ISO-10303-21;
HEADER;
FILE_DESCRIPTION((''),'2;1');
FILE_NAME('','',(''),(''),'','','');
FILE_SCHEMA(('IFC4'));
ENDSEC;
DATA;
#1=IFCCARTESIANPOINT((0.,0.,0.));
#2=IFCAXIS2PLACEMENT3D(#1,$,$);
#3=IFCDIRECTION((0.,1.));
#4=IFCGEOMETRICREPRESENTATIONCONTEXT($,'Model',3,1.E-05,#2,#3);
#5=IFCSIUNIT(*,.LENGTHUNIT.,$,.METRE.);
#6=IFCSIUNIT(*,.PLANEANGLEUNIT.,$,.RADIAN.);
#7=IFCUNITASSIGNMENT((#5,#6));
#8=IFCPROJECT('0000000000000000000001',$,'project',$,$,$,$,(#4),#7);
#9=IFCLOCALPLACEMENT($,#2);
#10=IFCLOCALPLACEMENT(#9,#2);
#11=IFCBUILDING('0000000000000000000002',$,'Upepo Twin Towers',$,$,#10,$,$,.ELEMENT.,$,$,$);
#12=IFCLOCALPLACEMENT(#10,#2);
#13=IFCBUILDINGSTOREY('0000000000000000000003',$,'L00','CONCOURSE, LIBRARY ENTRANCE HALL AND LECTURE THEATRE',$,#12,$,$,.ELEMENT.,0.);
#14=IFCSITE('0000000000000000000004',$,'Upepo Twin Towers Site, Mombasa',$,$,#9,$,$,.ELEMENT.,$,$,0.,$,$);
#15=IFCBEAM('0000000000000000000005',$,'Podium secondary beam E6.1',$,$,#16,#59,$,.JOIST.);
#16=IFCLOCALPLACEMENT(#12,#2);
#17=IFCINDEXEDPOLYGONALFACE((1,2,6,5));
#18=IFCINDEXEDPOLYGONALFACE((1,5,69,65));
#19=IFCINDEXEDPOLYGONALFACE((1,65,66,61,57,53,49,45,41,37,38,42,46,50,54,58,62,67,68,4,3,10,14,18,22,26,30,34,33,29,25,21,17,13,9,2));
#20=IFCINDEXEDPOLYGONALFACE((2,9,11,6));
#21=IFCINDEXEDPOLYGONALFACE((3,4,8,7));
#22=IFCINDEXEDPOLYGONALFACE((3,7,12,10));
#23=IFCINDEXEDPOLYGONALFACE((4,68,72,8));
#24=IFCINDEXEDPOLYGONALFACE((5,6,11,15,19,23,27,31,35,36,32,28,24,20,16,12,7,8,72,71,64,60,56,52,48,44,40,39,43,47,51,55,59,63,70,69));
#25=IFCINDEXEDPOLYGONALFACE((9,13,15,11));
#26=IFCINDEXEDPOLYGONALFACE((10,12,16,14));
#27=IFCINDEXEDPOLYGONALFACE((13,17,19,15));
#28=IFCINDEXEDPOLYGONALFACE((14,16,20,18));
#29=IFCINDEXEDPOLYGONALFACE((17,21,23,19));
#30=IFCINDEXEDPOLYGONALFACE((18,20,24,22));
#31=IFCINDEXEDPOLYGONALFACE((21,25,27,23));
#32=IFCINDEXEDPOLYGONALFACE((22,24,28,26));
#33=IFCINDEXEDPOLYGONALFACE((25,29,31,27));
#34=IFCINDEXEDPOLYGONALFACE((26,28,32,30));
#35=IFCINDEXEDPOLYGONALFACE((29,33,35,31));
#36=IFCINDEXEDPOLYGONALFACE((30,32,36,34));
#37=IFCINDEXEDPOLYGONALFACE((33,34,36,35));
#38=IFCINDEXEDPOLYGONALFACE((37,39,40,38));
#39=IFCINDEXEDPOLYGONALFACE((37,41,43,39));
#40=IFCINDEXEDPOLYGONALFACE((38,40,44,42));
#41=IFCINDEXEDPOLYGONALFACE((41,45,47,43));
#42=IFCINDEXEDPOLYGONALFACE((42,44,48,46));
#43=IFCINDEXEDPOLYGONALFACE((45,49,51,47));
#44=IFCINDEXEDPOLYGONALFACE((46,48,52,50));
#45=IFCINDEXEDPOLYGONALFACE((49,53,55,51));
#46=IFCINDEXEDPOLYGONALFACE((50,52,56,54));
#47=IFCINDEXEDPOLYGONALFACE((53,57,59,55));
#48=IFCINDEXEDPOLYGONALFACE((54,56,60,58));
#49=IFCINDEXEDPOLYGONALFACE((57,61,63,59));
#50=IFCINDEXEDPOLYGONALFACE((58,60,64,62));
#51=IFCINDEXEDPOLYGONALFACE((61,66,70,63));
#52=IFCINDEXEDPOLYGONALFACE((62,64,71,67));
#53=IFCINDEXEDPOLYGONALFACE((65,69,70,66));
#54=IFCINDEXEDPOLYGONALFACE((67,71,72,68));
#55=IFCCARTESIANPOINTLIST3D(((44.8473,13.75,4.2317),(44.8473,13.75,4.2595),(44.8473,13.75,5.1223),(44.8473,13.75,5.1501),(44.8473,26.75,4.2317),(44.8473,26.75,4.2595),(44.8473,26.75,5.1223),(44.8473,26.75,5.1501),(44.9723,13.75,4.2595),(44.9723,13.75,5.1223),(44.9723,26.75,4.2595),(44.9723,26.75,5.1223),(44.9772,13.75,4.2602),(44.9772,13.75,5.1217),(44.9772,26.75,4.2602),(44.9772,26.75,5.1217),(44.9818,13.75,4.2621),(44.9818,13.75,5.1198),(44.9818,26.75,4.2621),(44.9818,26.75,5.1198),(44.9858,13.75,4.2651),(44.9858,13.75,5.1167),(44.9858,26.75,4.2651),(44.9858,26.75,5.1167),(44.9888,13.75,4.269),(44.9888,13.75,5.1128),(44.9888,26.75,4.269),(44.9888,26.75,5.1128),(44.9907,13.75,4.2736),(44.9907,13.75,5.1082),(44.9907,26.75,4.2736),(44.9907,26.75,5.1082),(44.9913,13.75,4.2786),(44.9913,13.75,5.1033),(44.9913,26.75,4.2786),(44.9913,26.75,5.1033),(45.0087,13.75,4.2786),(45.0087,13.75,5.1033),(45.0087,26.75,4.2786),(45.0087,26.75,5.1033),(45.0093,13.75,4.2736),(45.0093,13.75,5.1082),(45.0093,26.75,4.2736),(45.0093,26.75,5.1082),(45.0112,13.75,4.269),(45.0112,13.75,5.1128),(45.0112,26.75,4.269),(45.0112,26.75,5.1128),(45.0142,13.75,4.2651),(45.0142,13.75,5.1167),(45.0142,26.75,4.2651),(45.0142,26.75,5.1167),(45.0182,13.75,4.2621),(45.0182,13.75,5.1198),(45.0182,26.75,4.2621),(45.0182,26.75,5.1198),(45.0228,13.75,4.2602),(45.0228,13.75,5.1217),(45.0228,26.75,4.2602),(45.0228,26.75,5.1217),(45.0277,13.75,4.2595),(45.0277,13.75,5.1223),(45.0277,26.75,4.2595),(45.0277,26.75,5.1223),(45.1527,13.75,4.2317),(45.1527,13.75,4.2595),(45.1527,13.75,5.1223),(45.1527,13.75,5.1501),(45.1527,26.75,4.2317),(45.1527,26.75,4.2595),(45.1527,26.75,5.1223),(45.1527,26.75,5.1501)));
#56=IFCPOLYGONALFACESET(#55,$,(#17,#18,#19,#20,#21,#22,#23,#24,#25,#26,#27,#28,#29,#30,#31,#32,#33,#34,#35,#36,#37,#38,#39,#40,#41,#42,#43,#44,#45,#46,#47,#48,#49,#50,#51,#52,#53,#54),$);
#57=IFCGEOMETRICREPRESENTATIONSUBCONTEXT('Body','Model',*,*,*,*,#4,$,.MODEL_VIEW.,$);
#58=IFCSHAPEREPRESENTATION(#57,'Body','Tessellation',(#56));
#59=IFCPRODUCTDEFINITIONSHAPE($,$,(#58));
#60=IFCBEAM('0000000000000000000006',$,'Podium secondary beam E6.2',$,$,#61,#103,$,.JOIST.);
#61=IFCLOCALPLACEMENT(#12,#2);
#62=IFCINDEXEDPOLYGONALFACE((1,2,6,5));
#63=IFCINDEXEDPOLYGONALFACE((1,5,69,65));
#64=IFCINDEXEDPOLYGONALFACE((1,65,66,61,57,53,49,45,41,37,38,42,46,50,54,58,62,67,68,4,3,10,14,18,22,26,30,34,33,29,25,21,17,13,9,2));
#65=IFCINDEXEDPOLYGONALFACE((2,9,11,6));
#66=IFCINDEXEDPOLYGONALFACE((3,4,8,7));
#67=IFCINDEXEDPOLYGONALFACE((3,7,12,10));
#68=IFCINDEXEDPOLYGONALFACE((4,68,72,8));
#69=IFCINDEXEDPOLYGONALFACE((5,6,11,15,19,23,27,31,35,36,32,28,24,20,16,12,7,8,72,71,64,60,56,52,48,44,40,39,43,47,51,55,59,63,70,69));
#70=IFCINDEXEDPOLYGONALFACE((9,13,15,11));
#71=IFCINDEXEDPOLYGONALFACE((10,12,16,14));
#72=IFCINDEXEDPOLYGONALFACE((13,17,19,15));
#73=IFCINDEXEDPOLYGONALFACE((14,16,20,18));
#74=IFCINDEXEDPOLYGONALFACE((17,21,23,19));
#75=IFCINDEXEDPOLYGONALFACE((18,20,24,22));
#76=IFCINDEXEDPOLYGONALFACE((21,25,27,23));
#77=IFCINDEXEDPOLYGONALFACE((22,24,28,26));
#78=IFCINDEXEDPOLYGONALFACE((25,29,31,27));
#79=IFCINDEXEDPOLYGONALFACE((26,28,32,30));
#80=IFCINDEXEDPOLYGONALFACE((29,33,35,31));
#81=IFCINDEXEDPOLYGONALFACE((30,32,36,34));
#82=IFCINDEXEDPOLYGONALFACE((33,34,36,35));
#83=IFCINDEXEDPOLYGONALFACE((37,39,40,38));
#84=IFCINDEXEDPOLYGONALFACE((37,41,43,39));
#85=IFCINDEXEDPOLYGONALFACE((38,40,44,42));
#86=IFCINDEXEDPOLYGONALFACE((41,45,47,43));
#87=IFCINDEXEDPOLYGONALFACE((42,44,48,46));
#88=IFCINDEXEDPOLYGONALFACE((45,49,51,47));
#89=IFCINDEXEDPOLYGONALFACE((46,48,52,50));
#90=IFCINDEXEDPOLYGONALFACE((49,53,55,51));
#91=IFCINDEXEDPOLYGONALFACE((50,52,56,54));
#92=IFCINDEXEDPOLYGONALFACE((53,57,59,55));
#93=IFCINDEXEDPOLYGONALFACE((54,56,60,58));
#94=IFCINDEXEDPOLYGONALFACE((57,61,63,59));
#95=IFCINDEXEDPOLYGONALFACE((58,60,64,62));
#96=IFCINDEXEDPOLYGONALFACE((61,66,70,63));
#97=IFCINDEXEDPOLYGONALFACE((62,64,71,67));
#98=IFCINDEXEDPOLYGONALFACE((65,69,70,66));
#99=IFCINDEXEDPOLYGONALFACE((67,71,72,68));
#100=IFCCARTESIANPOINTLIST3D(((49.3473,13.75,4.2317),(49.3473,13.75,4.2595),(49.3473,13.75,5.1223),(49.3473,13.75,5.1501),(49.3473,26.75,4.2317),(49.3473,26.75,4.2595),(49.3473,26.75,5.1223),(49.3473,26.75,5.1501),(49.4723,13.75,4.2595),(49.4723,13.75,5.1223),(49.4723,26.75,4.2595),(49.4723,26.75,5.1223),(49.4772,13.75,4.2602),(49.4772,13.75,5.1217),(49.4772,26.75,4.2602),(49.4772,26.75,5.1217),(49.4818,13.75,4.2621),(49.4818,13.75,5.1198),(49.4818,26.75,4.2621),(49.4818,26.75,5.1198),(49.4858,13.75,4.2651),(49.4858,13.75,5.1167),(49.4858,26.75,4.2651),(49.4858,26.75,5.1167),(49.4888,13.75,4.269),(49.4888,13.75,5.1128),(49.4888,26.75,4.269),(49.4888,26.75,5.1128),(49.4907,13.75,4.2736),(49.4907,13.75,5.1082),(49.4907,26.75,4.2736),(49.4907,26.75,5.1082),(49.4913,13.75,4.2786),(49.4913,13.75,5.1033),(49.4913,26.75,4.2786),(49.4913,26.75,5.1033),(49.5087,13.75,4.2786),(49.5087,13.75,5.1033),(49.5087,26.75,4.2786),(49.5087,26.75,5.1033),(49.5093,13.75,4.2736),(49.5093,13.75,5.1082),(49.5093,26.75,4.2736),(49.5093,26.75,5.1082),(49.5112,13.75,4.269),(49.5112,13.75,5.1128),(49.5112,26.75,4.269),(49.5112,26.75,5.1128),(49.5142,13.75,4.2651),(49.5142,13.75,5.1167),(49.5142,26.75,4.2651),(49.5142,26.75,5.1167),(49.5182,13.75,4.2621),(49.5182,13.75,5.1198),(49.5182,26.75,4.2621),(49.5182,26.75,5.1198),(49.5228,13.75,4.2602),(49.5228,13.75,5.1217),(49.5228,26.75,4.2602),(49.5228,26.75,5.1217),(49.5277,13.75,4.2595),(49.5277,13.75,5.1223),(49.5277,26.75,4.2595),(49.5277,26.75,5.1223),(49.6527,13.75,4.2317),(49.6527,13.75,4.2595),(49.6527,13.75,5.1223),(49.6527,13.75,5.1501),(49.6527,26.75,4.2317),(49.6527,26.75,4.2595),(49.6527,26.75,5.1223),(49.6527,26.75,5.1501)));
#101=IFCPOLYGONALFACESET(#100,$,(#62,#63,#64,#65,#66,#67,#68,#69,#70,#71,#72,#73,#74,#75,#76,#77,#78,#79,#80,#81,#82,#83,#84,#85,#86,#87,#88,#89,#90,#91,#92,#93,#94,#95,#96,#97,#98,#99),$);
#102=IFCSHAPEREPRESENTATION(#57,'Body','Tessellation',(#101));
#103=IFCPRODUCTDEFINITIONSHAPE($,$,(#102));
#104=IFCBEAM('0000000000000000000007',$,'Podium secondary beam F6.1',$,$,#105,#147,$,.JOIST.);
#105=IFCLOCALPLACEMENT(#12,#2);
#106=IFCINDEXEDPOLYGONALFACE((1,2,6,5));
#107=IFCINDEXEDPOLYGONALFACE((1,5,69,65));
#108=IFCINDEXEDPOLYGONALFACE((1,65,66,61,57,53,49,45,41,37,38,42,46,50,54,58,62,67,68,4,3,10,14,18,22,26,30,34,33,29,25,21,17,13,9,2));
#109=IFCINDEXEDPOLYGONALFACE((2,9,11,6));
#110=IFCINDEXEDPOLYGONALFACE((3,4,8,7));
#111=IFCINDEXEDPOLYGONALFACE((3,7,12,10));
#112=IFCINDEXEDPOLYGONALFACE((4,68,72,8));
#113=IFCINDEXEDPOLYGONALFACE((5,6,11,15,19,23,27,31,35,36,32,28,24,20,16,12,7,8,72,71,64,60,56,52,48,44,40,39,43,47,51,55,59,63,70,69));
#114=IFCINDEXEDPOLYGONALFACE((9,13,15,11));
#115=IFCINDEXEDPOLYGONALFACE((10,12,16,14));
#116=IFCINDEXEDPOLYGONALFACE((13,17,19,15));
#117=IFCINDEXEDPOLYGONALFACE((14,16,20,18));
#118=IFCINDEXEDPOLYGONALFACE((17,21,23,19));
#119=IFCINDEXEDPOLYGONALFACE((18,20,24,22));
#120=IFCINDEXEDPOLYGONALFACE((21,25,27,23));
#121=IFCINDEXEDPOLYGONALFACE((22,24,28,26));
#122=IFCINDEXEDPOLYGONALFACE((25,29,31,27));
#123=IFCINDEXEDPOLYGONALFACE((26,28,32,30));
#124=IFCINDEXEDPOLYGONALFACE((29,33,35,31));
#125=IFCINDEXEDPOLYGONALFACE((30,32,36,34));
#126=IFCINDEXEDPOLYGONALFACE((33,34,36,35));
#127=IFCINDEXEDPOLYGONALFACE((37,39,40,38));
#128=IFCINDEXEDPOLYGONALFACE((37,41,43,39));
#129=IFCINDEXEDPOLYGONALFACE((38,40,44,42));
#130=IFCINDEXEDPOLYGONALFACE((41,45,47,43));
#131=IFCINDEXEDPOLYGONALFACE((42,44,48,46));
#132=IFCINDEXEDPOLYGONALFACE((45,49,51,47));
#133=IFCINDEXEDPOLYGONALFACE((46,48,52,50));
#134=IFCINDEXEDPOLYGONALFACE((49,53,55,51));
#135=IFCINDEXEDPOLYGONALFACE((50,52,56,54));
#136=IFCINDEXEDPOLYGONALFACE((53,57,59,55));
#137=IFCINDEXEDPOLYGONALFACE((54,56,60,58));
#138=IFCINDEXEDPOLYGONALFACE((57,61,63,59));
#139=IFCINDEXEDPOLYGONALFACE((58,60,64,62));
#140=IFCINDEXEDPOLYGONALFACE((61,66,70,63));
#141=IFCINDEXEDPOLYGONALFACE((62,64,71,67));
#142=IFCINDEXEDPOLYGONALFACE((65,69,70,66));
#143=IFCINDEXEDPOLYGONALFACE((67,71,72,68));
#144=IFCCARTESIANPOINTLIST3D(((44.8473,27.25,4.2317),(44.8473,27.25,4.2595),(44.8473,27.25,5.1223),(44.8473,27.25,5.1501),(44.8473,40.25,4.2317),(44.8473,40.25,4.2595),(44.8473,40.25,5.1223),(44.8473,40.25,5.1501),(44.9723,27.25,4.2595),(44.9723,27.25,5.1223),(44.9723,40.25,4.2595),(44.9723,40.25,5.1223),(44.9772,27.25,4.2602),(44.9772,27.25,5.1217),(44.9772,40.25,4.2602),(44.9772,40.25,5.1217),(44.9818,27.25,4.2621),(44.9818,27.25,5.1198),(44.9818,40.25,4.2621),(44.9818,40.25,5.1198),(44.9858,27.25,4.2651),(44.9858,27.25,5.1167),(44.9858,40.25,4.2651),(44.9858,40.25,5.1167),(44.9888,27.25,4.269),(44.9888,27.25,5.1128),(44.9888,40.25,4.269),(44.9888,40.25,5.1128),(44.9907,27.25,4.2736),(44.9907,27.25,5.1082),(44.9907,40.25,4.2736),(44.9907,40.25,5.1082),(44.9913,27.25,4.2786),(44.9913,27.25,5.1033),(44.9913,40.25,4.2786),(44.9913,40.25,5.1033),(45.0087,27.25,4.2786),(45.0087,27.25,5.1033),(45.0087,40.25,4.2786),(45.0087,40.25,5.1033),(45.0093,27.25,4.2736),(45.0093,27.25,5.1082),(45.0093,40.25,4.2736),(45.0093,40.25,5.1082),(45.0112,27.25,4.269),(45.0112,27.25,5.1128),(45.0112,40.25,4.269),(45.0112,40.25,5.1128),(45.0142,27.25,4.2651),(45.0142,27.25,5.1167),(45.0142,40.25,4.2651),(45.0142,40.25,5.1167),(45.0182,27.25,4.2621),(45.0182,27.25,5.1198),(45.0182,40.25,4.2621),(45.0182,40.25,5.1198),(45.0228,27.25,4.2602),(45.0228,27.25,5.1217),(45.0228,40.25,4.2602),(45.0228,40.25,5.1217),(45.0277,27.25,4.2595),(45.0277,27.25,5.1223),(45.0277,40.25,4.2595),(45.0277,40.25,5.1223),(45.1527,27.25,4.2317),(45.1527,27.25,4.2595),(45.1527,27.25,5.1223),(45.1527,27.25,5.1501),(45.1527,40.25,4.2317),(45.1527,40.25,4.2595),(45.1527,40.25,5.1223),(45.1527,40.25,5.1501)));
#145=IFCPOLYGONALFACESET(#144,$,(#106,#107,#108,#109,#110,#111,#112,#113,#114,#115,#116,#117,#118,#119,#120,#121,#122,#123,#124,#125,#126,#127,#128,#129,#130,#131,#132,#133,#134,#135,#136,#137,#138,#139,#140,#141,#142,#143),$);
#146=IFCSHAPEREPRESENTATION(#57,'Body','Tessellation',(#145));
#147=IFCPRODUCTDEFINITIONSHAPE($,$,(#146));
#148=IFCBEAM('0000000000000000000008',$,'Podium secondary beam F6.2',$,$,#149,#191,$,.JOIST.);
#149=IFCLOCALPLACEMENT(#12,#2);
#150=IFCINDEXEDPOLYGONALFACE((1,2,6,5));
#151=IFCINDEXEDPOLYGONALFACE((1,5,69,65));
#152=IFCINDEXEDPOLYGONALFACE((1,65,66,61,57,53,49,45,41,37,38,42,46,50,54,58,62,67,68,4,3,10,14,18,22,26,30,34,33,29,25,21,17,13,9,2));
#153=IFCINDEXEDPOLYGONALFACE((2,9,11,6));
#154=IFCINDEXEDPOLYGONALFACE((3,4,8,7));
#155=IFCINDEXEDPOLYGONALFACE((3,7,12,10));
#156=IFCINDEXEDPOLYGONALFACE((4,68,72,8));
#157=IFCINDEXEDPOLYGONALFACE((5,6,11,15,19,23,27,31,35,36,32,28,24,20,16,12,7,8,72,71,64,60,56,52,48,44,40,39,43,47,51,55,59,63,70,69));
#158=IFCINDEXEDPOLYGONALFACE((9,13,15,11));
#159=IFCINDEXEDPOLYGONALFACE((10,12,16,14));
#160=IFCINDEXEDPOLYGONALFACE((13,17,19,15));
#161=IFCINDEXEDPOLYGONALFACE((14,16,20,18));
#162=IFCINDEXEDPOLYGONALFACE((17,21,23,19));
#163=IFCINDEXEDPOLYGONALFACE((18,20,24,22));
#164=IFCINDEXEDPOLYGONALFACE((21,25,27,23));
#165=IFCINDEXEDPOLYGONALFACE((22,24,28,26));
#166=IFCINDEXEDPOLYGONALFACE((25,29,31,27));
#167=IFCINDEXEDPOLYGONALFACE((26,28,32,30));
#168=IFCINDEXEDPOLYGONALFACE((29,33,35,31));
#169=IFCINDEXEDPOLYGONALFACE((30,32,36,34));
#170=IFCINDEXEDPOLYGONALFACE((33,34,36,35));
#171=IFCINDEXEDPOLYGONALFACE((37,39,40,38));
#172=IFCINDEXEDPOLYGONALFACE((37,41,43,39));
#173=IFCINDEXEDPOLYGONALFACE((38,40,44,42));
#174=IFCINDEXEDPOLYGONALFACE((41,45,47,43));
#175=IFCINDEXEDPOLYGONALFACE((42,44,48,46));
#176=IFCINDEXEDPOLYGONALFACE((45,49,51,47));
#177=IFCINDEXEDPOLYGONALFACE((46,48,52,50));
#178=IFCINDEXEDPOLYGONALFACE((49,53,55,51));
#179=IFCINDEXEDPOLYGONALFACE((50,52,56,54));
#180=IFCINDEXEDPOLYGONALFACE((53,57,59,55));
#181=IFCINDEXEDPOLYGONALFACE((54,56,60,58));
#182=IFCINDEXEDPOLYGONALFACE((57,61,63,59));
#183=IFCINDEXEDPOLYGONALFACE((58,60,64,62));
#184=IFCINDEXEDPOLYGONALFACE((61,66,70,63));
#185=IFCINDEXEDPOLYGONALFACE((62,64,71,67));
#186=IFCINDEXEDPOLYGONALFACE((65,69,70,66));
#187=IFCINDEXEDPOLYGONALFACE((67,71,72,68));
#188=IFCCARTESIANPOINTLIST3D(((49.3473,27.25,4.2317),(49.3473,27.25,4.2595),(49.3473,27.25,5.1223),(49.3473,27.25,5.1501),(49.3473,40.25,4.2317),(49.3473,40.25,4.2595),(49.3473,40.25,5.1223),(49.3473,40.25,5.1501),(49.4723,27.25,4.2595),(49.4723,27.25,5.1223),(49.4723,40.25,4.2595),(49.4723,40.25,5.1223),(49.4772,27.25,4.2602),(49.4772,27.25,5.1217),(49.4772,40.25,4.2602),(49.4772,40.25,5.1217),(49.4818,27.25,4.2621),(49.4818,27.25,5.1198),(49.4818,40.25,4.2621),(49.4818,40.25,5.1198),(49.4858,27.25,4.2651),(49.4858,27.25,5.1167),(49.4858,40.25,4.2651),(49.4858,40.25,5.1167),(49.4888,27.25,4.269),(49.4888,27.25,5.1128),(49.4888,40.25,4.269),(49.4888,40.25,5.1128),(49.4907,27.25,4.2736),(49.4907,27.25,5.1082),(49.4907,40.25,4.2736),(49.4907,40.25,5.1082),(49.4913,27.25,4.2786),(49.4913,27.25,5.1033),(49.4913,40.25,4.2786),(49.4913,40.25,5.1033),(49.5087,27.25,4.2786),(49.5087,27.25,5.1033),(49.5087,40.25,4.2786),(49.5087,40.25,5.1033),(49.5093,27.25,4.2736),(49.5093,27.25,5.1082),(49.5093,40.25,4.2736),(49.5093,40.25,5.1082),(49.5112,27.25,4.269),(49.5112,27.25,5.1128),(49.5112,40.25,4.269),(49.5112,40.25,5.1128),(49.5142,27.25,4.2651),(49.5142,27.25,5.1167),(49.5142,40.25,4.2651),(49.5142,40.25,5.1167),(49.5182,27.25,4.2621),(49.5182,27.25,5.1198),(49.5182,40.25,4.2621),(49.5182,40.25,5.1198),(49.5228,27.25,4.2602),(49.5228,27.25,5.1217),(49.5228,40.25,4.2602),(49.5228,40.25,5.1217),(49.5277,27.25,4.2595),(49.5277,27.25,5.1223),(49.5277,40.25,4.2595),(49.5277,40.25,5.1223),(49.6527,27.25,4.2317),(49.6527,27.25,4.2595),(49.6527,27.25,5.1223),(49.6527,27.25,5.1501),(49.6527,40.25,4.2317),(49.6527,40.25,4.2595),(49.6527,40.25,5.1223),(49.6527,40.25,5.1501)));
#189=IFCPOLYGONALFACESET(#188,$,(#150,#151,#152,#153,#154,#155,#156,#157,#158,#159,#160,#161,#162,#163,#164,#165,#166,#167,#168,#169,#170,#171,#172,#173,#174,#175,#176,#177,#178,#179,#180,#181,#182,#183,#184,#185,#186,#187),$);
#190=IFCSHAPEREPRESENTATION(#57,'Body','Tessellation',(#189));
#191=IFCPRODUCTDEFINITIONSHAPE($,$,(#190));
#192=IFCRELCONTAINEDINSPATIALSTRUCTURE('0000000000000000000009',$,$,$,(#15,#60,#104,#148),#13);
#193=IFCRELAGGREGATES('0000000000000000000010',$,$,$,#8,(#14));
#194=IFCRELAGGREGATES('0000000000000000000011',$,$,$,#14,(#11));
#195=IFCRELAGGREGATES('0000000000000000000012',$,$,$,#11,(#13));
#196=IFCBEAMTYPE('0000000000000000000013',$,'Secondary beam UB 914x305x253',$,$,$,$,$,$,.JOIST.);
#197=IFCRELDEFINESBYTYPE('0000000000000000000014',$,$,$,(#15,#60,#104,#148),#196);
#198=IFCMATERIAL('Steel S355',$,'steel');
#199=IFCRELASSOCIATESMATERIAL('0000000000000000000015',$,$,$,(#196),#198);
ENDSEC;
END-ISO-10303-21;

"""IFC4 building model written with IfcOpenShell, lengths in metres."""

from ifc_helpers import new_model, si_unit, direction, frame, origin, origin_2d, place, context, subcontext, project, spatial, i_section, extrude, material, material_profile, profile_set, type_object, element, save


model = new_model("IFC4")

# Units and contexts
model_context = context("Model", 3, precision=1e-05, world=origin(), true_north=direction((0.0, 1.0)))
body_context = subcontext(model_context, "Body", "Model", "MODEL_VIEW")
ifc_project = project(units=[si_unit("LENGTHUNIT", "METRE"), si_unit("PLANEANGLEUNIT", "RADIAN")], contexts=[model_context])

# Site, building, storey
site_placement = place(None, origin())
site = spatial("IfcSite", under=ifc_project, at=site_placement, Name="Upepo Twin Towers Site, Mombasa", CompositionType="ELEMENT", RefElevation=0.0)
building_placement = place(site_placement, origin())
building = spatial("IfcBuilding", under=site, at=building_placement, Name="Upepo Twin Towers", CompositionType="ELEMENT")
storey_placement = place(building_placement, origin())
storey = spatial("IfcBuildingStorey", under=building, at=storey_placement, Name="L00", Description="CONCOURSE, LIBRARY ENTRANCE HALL AND LECTURE THEATRE", CompositionType="ELEMENT", Elevation=0.0)

# Beams
ifc_material_1 = material(Name="Steel S355", Category="steel")
ifc_material_profile_1 = material_profile(ifc_material_1, i_section(OverallWidth=0.3054, OverallDepth=0.9185, WebThickness=0.0173, FlangeThickness=0.0278, FilletRadius=0.019, at=origin_2d()), Name="UB 914x305x253")
ifc_profile_set_1 = profile_set([ifc_material_profile_1], Name="Steel S355")
beam_type_1 = type_object("IfcBeamType", Name="Secondary beam UB 914x305x253", PredefinedType="JOIST", material=ifc_profile_set_1)
for number, where, z_axis, x_axis, name in (
    (1, (45.0, 13.75, 4.6909), (0.0, 1.0, 0.0), (-1.0, 0.0, 0.0), "Podium secondary beam E6.1"),
    (2, (49.5, 13.75, 4.6909), (0.0, 1.0, 0.0), (-1.0, 0.0, 0.0), "Podium secondary beam E6.2"),
    (3, (45.0, 27.25, 4.6909), (0.0, 1.0, 0.0), (-1.0, 0.0, 0.0), "Podium secondary beam F6.1"),
    (4, (49.5, 27.25, 4.6909), (0.0, 1.0, 0.0), (-1.0, 0.0, 0.0), "Podium secondary beam F6.2"),
):
    element("IfcBeam", number, at=place(storey_placement, frame(where, z_axis=z_axis, x_axis=x_axis)), inside=storey, type_object=beam_type_1, Name=name, PredefinedType="JOIST", context=body_context, shape_type="SweptSolid", body=[
        extrude(i_section(OverallWidth=0.3054, OverallDepth=0.9185, WebThickness=0.0173, FlangeThickness=0.0278, FilletRadius=0.019, at=origin_2d()), origin(), (0.0, 0.0, 1.0), 13.0),
    ])

save(model, "model.ifc")
